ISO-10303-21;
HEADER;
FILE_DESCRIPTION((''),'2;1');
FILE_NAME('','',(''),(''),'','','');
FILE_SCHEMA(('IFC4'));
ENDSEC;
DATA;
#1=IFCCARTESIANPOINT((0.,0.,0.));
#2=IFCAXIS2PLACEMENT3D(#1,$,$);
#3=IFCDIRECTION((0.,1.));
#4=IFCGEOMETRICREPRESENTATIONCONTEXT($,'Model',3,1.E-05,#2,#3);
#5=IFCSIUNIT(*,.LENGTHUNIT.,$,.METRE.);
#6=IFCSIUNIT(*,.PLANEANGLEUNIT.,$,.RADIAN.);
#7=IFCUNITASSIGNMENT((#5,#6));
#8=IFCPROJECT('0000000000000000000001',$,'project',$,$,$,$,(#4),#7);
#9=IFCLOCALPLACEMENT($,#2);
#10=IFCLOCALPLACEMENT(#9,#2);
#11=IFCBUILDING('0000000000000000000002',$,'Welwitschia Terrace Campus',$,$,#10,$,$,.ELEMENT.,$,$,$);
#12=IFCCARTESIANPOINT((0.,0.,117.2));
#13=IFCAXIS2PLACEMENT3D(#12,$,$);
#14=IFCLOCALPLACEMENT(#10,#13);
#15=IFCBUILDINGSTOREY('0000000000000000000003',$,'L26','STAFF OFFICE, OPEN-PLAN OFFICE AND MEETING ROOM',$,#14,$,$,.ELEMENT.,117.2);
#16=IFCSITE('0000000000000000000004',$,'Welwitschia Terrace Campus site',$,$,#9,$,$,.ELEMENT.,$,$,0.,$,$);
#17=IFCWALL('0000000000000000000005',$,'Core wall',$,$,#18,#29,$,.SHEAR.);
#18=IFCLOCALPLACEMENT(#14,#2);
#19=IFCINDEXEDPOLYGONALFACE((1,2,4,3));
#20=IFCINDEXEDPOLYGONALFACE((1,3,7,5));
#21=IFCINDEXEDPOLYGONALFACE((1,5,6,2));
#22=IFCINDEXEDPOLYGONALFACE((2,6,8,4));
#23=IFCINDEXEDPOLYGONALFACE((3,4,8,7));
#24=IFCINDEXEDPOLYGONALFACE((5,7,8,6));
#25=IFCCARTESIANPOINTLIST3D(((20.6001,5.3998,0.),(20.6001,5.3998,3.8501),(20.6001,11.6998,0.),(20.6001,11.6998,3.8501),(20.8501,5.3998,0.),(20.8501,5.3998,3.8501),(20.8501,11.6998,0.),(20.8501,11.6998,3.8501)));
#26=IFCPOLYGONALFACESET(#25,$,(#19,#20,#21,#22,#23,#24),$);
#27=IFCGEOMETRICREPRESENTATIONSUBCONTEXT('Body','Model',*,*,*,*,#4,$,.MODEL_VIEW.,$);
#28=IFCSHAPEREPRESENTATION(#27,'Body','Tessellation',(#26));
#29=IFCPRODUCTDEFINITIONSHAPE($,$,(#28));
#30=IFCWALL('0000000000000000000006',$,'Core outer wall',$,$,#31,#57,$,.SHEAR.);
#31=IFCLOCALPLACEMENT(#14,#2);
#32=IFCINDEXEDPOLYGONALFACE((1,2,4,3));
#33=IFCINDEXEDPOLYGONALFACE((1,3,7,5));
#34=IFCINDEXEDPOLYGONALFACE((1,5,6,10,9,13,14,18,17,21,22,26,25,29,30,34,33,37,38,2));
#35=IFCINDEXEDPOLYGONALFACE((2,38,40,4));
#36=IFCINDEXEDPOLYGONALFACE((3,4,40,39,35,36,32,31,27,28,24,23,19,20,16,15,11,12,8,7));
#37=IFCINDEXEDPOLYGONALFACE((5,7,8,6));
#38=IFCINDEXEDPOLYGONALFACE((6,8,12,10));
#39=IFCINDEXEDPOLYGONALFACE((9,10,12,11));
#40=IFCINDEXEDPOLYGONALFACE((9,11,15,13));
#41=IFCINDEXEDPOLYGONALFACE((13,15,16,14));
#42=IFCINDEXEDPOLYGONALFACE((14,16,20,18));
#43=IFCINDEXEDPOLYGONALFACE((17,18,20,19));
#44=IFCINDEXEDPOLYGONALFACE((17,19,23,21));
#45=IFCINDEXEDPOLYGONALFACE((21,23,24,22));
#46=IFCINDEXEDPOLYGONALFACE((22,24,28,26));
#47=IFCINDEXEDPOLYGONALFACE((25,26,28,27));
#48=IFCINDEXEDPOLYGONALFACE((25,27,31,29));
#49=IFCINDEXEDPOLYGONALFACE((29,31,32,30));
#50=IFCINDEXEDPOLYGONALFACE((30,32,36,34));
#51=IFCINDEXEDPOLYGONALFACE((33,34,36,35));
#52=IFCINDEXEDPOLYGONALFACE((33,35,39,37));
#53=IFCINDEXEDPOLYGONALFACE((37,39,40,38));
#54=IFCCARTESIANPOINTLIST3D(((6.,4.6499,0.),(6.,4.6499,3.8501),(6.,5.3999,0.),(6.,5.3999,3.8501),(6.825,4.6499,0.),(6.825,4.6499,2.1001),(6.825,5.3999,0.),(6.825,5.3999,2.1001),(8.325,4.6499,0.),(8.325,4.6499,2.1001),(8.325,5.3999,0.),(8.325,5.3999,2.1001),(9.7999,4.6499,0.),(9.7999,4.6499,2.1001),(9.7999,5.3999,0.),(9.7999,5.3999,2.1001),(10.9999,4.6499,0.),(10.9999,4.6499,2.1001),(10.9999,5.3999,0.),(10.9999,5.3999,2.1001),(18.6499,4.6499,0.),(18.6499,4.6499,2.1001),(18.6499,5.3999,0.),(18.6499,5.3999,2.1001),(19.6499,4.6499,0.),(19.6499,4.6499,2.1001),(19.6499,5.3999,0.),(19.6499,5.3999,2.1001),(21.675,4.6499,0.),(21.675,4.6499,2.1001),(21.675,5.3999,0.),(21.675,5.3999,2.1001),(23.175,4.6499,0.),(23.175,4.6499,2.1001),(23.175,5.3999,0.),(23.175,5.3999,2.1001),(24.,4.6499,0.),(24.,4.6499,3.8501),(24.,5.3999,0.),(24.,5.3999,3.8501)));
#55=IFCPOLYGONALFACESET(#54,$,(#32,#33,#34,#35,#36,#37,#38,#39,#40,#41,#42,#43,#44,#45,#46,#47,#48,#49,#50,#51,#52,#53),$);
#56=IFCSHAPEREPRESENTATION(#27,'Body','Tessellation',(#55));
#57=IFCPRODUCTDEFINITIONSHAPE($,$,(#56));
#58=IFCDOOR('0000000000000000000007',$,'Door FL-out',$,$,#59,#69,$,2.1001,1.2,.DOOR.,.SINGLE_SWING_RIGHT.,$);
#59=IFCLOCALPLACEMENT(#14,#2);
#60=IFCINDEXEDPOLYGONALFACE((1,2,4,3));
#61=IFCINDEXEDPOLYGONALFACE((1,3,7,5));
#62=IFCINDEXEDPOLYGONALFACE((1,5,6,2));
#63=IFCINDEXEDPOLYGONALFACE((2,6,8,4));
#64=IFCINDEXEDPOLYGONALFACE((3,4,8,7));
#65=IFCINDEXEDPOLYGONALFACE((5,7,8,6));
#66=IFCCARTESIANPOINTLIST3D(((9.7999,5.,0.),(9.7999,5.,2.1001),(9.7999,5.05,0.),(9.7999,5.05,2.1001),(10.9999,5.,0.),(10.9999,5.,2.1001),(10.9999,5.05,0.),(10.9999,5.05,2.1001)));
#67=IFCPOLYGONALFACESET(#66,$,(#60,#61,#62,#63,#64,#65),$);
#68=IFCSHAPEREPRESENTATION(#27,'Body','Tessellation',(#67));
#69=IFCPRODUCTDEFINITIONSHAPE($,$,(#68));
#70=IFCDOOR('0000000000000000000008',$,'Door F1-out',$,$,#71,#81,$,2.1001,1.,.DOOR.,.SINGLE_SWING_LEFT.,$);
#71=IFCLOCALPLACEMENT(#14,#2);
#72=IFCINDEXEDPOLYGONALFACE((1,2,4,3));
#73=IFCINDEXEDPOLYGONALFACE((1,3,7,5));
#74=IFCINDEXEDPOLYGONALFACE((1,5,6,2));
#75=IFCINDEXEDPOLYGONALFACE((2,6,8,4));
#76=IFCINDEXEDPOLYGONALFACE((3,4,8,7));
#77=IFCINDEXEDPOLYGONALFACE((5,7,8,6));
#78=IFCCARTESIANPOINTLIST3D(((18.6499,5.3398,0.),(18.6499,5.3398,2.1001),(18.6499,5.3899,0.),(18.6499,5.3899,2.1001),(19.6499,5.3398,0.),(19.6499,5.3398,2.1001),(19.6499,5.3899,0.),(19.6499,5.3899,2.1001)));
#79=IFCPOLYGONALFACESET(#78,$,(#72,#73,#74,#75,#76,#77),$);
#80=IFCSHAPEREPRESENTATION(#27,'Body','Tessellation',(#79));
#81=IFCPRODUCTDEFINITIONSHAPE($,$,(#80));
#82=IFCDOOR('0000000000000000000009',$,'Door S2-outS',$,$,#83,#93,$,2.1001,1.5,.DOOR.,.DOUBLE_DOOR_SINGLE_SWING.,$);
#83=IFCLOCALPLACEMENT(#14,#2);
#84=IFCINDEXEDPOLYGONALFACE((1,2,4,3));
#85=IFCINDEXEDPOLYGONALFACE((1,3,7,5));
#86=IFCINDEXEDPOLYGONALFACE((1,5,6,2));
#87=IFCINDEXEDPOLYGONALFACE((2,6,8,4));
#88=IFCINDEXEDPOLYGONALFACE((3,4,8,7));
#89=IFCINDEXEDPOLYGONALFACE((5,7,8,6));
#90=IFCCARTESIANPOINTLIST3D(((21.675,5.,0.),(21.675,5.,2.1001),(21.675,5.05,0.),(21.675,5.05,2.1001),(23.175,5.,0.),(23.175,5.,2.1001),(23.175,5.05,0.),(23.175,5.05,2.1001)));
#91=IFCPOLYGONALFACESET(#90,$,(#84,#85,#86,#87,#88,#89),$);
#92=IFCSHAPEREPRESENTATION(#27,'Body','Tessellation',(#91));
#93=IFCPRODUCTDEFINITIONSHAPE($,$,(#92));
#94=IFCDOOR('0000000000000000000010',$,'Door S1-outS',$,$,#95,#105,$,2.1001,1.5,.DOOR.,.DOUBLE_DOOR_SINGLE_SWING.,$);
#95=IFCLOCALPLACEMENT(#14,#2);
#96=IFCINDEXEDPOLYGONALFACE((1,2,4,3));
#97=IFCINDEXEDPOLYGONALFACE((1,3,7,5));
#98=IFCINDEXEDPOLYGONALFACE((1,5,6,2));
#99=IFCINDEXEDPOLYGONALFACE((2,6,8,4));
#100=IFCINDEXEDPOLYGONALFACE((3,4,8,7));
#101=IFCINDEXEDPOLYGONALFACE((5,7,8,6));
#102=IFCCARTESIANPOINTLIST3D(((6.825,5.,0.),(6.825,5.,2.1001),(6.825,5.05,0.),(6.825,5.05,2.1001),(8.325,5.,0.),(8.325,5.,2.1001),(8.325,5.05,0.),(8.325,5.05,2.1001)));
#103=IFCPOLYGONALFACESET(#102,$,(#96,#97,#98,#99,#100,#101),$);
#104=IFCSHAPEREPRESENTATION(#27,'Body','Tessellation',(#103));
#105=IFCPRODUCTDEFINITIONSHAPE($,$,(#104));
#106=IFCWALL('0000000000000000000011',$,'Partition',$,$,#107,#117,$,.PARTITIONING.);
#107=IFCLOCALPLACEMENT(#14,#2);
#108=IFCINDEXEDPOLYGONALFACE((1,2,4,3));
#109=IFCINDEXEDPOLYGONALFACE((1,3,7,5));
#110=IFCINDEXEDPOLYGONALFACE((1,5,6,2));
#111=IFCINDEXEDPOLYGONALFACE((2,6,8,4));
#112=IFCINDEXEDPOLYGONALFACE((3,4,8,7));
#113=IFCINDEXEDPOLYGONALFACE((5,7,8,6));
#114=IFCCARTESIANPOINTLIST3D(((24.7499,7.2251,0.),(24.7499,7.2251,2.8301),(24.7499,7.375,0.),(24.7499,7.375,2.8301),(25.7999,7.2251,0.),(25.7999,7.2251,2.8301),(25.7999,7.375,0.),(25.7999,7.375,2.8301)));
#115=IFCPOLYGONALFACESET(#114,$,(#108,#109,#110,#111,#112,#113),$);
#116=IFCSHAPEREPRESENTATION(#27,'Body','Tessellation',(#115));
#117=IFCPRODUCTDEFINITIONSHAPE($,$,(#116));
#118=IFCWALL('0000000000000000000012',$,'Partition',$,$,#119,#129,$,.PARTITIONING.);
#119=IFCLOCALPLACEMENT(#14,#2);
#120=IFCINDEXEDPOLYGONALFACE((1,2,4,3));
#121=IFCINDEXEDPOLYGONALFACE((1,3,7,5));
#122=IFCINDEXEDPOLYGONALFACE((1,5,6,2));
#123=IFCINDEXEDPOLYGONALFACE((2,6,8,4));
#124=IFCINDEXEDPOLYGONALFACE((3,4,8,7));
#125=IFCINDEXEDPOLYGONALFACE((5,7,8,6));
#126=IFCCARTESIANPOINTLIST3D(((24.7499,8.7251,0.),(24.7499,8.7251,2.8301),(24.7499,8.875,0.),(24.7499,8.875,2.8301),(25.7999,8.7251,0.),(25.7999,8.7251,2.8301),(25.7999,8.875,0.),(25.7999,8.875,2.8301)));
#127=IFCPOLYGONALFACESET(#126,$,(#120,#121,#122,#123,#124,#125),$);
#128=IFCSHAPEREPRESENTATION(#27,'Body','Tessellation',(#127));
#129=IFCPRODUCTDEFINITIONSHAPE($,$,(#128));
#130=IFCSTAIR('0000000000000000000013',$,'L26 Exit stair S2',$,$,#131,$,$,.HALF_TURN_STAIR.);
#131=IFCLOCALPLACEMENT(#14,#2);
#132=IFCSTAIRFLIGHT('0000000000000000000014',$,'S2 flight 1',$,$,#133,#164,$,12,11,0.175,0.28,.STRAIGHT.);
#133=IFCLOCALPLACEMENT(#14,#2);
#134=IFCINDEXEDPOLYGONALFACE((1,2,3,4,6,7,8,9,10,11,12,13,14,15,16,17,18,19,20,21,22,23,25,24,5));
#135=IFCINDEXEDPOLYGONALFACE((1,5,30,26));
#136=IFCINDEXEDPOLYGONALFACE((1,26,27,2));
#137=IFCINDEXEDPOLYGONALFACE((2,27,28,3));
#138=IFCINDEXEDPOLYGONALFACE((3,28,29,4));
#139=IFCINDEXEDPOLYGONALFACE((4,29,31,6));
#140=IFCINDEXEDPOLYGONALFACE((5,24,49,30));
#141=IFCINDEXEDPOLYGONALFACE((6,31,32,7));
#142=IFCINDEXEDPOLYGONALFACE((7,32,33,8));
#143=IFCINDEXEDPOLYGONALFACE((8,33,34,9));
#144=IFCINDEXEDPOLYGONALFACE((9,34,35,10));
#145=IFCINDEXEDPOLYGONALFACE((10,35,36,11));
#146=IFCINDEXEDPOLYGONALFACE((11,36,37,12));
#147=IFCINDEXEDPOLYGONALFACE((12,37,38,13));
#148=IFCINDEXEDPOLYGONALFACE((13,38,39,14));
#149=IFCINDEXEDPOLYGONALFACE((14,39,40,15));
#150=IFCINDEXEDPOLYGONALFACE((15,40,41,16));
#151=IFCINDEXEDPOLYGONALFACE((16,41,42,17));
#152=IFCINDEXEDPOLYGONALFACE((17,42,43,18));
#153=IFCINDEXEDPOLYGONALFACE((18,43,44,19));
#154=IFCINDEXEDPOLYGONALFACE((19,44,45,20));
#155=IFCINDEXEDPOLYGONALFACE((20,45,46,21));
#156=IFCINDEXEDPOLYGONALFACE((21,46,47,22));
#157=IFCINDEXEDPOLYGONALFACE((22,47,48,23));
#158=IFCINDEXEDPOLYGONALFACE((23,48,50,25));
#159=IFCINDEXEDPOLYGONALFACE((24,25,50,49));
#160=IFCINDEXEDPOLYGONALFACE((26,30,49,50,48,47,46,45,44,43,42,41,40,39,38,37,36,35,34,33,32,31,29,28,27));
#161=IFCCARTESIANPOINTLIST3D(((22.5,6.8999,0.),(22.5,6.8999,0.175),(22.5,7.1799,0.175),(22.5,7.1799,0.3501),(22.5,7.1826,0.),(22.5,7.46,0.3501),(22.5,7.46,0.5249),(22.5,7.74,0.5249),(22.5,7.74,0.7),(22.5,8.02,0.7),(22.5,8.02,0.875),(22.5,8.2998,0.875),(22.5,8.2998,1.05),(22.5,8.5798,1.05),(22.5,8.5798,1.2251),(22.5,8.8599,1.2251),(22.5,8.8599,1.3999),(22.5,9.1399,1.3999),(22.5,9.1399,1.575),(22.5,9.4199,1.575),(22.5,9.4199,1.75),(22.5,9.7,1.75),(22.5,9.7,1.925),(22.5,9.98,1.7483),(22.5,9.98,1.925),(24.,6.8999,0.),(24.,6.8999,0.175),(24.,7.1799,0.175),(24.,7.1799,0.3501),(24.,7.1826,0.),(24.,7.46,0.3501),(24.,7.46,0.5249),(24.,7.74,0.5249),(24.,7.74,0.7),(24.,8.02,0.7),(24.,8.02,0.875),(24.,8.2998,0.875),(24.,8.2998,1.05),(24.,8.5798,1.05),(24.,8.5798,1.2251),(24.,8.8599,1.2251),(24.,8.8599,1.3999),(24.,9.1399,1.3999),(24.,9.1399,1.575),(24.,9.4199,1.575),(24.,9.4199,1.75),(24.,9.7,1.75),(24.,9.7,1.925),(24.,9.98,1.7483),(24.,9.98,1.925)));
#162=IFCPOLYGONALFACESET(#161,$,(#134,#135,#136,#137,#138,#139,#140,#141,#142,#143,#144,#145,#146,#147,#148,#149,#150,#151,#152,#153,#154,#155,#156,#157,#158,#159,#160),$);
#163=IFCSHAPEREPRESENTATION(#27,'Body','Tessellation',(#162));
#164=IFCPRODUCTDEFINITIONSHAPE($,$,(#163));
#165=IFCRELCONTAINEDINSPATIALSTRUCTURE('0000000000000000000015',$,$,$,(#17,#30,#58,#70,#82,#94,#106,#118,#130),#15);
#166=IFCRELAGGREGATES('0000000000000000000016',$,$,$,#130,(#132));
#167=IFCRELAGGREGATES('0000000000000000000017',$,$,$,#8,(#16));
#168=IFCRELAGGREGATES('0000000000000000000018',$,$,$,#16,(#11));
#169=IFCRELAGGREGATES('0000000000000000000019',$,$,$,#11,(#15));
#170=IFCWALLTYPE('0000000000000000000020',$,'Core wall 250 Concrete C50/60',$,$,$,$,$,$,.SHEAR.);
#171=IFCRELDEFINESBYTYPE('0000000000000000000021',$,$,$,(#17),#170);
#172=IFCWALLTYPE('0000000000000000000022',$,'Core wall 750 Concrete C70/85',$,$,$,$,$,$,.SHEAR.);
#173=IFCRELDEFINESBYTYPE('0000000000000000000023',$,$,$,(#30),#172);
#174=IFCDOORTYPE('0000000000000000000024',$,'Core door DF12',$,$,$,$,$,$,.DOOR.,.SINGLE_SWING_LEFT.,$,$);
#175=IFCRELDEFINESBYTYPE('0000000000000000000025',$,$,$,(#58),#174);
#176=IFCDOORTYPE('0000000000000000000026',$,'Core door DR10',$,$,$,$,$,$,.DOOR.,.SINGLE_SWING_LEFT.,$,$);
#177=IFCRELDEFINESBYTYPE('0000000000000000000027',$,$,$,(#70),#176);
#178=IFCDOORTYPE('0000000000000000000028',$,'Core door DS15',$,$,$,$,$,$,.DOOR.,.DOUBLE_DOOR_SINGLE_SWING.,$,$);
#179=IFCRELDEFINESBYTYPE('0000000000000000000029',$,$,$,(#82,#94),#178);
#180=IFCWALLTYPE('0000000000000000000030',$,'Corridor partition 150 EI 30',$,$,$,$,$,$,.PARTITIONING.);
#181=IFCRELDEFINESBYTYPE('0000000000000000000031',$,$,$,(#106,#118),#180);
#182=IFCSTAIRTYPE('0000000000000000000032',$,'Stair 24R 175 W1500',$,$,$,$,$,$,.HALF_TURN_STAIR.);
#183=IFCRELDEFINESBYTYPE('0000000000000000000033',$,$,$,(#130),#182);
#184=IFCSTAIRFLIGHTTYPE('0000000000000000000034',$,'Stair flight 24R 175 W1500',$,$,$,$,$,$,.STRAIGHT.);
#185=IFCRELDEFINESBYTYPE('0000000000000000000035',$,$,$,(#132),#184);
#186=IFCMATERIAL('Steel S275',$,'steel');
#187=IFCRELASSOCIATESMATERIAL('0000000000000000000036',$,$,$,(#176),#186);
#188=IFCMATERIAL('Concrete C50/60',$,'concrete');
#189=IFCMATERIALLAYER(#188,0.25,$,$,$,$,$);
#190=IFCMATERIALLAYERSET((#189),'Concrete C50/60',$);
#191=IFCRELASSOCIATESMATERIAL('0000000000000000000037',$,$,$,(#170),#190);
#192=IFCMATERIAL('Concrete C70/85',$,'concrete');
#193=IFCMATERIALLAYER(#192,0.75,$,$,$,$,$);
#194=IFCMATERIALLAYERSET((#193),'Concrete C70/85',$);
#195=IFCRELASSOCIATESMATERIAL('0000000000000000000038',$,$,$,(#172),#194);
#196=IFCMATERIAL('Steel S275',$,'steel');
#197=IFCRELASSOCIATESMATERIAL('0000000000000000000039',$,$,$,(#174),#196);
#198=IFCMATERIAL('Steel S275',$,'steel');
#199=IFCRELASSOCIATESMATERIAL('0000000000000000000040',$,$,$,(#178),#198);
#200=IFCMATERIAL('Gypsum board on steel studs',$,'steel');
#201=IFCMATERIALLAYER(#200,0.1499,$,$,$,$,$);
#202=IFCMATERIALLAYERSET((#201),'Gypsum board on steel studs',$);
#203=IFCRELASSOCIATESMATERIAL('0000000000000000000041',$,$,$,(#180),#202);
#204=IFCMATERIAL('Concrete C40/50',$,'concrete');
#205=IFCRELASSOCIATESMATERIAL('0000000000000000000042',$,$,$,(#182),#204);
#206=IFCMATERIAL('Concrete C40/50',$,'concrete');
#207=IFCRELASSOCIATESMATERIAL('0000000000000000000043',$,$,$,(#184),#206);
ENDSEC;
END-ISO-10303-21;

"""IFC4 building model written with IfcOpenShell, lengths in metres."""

from ifc_helpers import new_model, si_unit, direction, frame, frame_2d, origin, place, context, subcontext, project, spatial, polyline, rectangle, outline, extrude, material, layer, layer_set, type_object, element, fill, aggregate, save


model = new_model("IFC4")

# Units and contexts
model_context = context("Model", 3, precision=1e-05, world=origin(), true_north=direction((0.0, 1.0)))
body_context = subcontext(model_context, "Body", "Model", "MODEL_VIEW")
ifc_project = project(units=[si_unit("LENGTHUNIT", "METRE"), si_unit("PLANEANGLEUNIT", "RADIAN")], contexts=[model_context])

# Site, building, storey
site_placement = place(None, origin())
site = spatial("IfcSite", under=ifc_project, at=site_placement, Name="Welwitschia Terrace Campus site", CompositionType="ELEMENT", RefElevation=0.0)
building_placement = place(site_placement, origin())
building = spatial("IfcBuilding", under=site, at=building_placement, Name="Welwitschia Terrace Campus", CompositionType="ELEMENT")
storey_placement = place(building_placement, frame((0.0, 0.0, 117.2)))
storey = spatial("IfcBuildingStorey", under=building, at=storey_placement, Name="L26", Description="STAFF OFFICE, OPEN-PLAN OFFICE AND MEETING ROOM", CompositionType="ELEMENT", Elevation=117.2)

# Shared definitions
ifc_material_1 = material(Name="Steel S275", Category="steel")
door_type_1 = type_object("IfcDoorType", Name="Core door DR10", OperationType="SINGLE_SWING_LEFT", PredefinedType="DOOR", material=ifc_material_1)

# Wall
ifc_material_2 = material(Name="Concrete C50/60", Category="concrete")
ifc_layer_1 = layer(ifc_material_2, 0.25)
ifc_layer_set_1 = layer_set([ifc_layer_1], Name="Concrete C50/60")
wall_type_1 = type_object("IfcWallType", Name="Core wall 250 Concrete C50/60", PredefinedType="SHEAR", material=ifc_layer_set_1)
wall_1_placement = place(storey_placement, frame((20.7251, 5.3999, 0.0), z_axis=(0.0, 0.0, 1.0), x_axis=(0.0, 1.0, 0.0)))
element("IfcWall", 1, at=wall_1_placement, inside=storey, type_object=wall_type_1, Name="Core wall", PredefinedType="SHEAR", context=body_context, shape_type="SweptSolid", body=[
    extrude(rectangle(XDim=6.3, YDim=0.25, at=frame_2d((3.1499, 0.0))), origin(), (0.0, 0.0, 1.0), 3.8501),
])

# Wall, openings, doors
ifc_material_3 = material(Name="Concrete C70/85", Category="concrete")
ifc_layer_2 = layer(ifc_material_3, 0.75)
ifc_layer_set_2 = layer_set([ifc_layer_2], Name="Concrete C70/85")
wall_type_2 = type_object("IfcWallType", Name="Core wall 750 Concrete C70/85", PredefinedType="SHEAR", material=ifc_layer_set_2)
wall_2_placement = place(storey_placement, frame((24.0, 5.0249, 0.0), z_axis=(0.0, 0.0, 1.0), x_axis=(-1.0, 0.0, 0.0)))
wall_2 = element("IfcWall", 2, at=wall_2_placement, inside=storey, type_object=wall_type_2, Name="Core outer wall", PredefinedType="SHEAR", context=body_context, shape_type="SweptSolid", body=[
    extrude(rectangle(XDim=18.0, YDim=0.75, at=frame_2d((9.0, 0.0))), origin(), (0.0, 0.0, 1.0), 3.8501),
])
opening_1_placement = place(wall_2_placement, frame((0.825, 0.0, 0.0)))
opening_1 = element("IfcOpeningElement", 3, at=opening_1_placement, cuts=wall_2, PredefinedType="OPENING", context=body_context, shape_type="SweptSolid", body=[
    extrude(rectangle(XDim=1.5, YDim=2.1001, at=frame_2d((0.75, 1.05))), frame((0.0, 0.385, 0.0), z_axis=(0.0, -1.0, 0.0), x_axis=(1.0, 0.0, 0.0)), (0.0, 0.0, 1.0), 0.77),
])
opening_2_placement = place(wall_2_placement, frame((15.675, 0.0, 0.0)))
opening_2 = element("IfcOpeningElement", 4, at=opening_2_placement, cuts=wall_2, PredefinedType="OPENING", context=body_context, shape_type="SweptSolid", body=[
    extrude(rectangle(XDim=1.5, YDim=2.1001, at=frame_2d((0.75, 1.05))), frame((0.0, 0.385, 0.0), z_axis=(0.0, -1.0, 0.0), x_axis=(1.0, 0.0, 0.0)), (0.0, 0.0, 1.0), 0.77),
])
opening_3_placement = place(wall_2_placement, frame((13.0, 0.0, 0.0)))
opening_3 = element("IfcOpeningElement", 5, at=opening_3_placement, cuts=wall_2, PredefinedType="OPENING", context=body_context, shape_type="SweptSolid", body=[
    extrude(rectangle(XDim=1.2, YDim=2.1001, at=frame_2d((0.6001, 1.05))), frame((0.0, 0.385, 0.0), z_axis=(0.0, -1.0, 0.0), x_axis=(1.0, 0.0, 0.0)), (0.0, 0.0, 1.0), 0.77),
])
opening_4_placement = place(wall_2_placement, frame((4.3501, 0.0, 0.0)))
opening_4 = element("IfcOpeningElement", 6, at=opening_4_placement, cuts=wall_2, PredefinedType="OPENING", context=body_context, shape_type="SweptSolid", body=[
    extrude(rectangle(XDim=1.0, YDim=2.1001, at=frame_2d((0.5, 1.05))), frame((0.0, 0.385, 0.0), z_axis=(0.0, -1.0, 0.0), x_axis=(1.0, 0.0, 0.0)), (0.0, 0.0, 1.0), 0.77),
])
ifc_material_4 = material(Name="Steel S275", Category="steel")
door_type_2 = type_object("IfcDoorType", Name="Core door DF12", OperationType="SINGLE_SWING_LEFT", PredefinedType="DOOR", material=ifc_material_4)
door_1_placement = place(opening_3_placement, origin())
door_1 = element("IfcDoor", 7, at=door_1_placement, inside=storey, type_object=door_type_2, Name="Door FL-out", OperationType="SINGLE_SWING_RIGHT", OverallHeight=2.1001, OverallWidth=1.2, PredefinedType="DOOR", context=body_context, shape_type="SweptSolid", body=[
    extrude(rectangle(XDim=1.2, YDim=2.1001, at=frame_2d((0.6001, 1.05))), frame((0.0, 0.0249, 0.0), z_axis=(0.0, -1.0, 0.0), x_axis=(1.0, 0.0, 0.0)), (0.0, 0.0, 1.0), 0.05),
])
fill(opening_3, door_1)
door_2_placement = place(opening_4_placement, origin())
door_2 = element("IfcDoor", 8, at=door_2_placement, inside=storey, type_object=door_type_1, Name="Door F1-out", OperationType="SINGLE_SWING_LEFT", OverallHeight=2.1001, OverallWidth=1.0, PredefinedType="DOOR", context=body_context, shape_type="SweptSolid", body=[
    extrude(rectangle(XDim=1.0, YDim=2.1001, at=frame_2d((0.5, 1.05))), frame((0.0, -0.3149, 0.0), z_axis=(0.0, -1.0, 0.0), x_axis=(1.0, 0.0, 0.0)), (0.0, 0.0, 1.0), 0.05),
])
fill(opening_4, door_2)
ifc_material_5 = material(Name="Steel S275", Category="steel")
door_type_3 = type_object("IfcDoorType", Name="Core door DS15", OperationType="DOUBLE_DOOR_SINGLE_SWING", PredefinedType="DOOR", material=ifc_material_5)
door_3_placement = place(opening_1_placement, origin())
door_3 = element("IfcDoor", 9, at=door_3_placement, inside=storey, type_object=door_type_3, Name="Door S2-outS", OperationType="DOUBLE_DOOR_SINGLE_SWING", OverallHeight=2.1001, OverallWidth=1.5, PredefinedType="DOOR", context=body_context, shape_type="SweptSolid", body=[
    extrude(rectangle(XDim=1.5, YDim=2.1001, at=frame_2d((0.75, 1.05))), frame((0.0, 0.0249, 0.0), z_axis=(0.0, -1.0, 0.0), x_axis=(1.0, 0.0, 0.0)), (0.0, 0.0, 1.0), 0.05),
])
fill(opening_1, door_3)
door_4_placement = place(opening_2_placement, origin())
door_4 = element("IfcDoor", 10, at=door_4_placement, inside=storey, type_object=door_type_3, Name="Door S1-outS", OperationType="DOUBLE_DOOR_SINGLE_SWING", OverallHeight=2.1001, OverallWidth=1.5, PredefinedType="DOOR", context=body_context, shape_type="SweptSolid", body=[
    extrude(rectangle(XDim=1.5, YDim=2.1001, at=frame_2d((0.75, 1.05))), frame((0.0, 0.0249, 0.0), z_axis=(0.0, -1.0, 0.0), x_axis=(1.0, 0.0, 0.0)), (0.0, 0.0, 1.0), 0.05),
])
fill(opening_2, door_4)

# Walls
ifc_material_6 = material(Name="Gypsum board on steel studs", Category="steel")
ifc_layer_3 = layer(ifc_material_6, 0.1499)
ifc_layer_set_3 = layer_set([ifc_layer_3], Name="Gypsum board on steel studs")
wall_type_3 = type_object("IfcWallType", Name="Corridor partition 150 EI 30", PredefinedType="PARTITIONING", material=ifc_layer_set_3)
for number, where, z_axis, x_axis, name in (
    (11, (24.75, 7.3, 0.0), (0.0, 0.0, 1.0), (1.0, 0.0, 0.0), "Partition"),
    (12, (24.75, 8.8, 0.0), (0.0, 0.0, 1.0), (1.0, 0.0, 0.0), "Partition"),
):
    element("IfcWall", number, at=place(storey_placement, frame(where, z_axis=z_axis, x_axis=x_axis)), inside=storey, type_object=wall_type_3, Name=name, PredefinedType="PARTITIONING", context=body_context, shape_type="SweptSolid", body=[
        extrude(rectangle(XDim=1.05, YDim=0.1499, at=frame_2d((0.5249, 0.0))), origin(), (0.0, 0.0, 1.0), 2.8301),
    ])

# Stair, stair flight
ifc_material_7 = material(Name="Concrete C40/50", Category="concrete")
stair_type = type_object("IfcStairType", Name="Stair 24R 175 W1500", PredefinedType="HALF_TURN_STAIR", material=ifc_material_7)
stair_placement = place(storey_placement, origin())
stair = element("IfcStair", 13, at=stair_placement, inside=storey, type_object=stair_type, Name="L26 Exit stair S2", PredefinedType="HALF_TURN_STAIR")
ifc_material_8 = material(Name="Concrete C40/50", Category="concrete")
stair_flight_type = type_object("IfcStairFlightType", Name="Stair flight 24R 175 W1500", PredefinedType="STRAIGHT", material=ifc_material_8)
stair_flight_1_placement = place(storey_placement, frame((23.25, 6.8999, 0.0), z_axis=(0.0, 0.0, 1.0), x_axis=(0.0, 1.0, 0.0)))
stair_flight_1 = element("IfcStairFlight", 14, at=stair_flight_1_placement, type_object=stair_flight_type, Name="S2 flight 1", NumberOfRisers=12, NumberOfTreads=11, PredefinedType="STRAIGHT", RiserHeight=0.175, TreadLength=0.28, context=body_context, shape_type="SweptSolid", body=[
    extrude(outline(polyline([(0.0, 0.0), (0.0, 0.175), (0.28, 0.175), (0.28, 0.3501), (0.5601, 0.3501), (0.5601, 0.5249), (0.8401, 0.5249), (0.8401, 0.7), (1.1201, 0.7), (1.1201, 0.875), (1.3999, 0.875), (1.3999, 1.05), (1.6799, 1.05), (1.6799, 1.2251), (1.96, 1.2251), (1.96, 1.3999), (2.24, 1.3999), (2.24, 1.575), (2.52, 1.575), (2.52, 1.75), (2.8, 1.75), (2.8, 1.925), (3.0801, 1.925), (3.0801, 2.1001), (3.0801, 1.7483), (0.2827, 0.0), (0.0, 0.0)])), frame((0.0, 0.75, 0.0), z_axis=(0.0, -1.0, 0.0), x_axis=(1.0, 0.0, 0.0)), (0.0, 0.0, 1.0), 1.5),
])
aggregate(stair, [stair_flight_1])

save(model, "model.ifc")
